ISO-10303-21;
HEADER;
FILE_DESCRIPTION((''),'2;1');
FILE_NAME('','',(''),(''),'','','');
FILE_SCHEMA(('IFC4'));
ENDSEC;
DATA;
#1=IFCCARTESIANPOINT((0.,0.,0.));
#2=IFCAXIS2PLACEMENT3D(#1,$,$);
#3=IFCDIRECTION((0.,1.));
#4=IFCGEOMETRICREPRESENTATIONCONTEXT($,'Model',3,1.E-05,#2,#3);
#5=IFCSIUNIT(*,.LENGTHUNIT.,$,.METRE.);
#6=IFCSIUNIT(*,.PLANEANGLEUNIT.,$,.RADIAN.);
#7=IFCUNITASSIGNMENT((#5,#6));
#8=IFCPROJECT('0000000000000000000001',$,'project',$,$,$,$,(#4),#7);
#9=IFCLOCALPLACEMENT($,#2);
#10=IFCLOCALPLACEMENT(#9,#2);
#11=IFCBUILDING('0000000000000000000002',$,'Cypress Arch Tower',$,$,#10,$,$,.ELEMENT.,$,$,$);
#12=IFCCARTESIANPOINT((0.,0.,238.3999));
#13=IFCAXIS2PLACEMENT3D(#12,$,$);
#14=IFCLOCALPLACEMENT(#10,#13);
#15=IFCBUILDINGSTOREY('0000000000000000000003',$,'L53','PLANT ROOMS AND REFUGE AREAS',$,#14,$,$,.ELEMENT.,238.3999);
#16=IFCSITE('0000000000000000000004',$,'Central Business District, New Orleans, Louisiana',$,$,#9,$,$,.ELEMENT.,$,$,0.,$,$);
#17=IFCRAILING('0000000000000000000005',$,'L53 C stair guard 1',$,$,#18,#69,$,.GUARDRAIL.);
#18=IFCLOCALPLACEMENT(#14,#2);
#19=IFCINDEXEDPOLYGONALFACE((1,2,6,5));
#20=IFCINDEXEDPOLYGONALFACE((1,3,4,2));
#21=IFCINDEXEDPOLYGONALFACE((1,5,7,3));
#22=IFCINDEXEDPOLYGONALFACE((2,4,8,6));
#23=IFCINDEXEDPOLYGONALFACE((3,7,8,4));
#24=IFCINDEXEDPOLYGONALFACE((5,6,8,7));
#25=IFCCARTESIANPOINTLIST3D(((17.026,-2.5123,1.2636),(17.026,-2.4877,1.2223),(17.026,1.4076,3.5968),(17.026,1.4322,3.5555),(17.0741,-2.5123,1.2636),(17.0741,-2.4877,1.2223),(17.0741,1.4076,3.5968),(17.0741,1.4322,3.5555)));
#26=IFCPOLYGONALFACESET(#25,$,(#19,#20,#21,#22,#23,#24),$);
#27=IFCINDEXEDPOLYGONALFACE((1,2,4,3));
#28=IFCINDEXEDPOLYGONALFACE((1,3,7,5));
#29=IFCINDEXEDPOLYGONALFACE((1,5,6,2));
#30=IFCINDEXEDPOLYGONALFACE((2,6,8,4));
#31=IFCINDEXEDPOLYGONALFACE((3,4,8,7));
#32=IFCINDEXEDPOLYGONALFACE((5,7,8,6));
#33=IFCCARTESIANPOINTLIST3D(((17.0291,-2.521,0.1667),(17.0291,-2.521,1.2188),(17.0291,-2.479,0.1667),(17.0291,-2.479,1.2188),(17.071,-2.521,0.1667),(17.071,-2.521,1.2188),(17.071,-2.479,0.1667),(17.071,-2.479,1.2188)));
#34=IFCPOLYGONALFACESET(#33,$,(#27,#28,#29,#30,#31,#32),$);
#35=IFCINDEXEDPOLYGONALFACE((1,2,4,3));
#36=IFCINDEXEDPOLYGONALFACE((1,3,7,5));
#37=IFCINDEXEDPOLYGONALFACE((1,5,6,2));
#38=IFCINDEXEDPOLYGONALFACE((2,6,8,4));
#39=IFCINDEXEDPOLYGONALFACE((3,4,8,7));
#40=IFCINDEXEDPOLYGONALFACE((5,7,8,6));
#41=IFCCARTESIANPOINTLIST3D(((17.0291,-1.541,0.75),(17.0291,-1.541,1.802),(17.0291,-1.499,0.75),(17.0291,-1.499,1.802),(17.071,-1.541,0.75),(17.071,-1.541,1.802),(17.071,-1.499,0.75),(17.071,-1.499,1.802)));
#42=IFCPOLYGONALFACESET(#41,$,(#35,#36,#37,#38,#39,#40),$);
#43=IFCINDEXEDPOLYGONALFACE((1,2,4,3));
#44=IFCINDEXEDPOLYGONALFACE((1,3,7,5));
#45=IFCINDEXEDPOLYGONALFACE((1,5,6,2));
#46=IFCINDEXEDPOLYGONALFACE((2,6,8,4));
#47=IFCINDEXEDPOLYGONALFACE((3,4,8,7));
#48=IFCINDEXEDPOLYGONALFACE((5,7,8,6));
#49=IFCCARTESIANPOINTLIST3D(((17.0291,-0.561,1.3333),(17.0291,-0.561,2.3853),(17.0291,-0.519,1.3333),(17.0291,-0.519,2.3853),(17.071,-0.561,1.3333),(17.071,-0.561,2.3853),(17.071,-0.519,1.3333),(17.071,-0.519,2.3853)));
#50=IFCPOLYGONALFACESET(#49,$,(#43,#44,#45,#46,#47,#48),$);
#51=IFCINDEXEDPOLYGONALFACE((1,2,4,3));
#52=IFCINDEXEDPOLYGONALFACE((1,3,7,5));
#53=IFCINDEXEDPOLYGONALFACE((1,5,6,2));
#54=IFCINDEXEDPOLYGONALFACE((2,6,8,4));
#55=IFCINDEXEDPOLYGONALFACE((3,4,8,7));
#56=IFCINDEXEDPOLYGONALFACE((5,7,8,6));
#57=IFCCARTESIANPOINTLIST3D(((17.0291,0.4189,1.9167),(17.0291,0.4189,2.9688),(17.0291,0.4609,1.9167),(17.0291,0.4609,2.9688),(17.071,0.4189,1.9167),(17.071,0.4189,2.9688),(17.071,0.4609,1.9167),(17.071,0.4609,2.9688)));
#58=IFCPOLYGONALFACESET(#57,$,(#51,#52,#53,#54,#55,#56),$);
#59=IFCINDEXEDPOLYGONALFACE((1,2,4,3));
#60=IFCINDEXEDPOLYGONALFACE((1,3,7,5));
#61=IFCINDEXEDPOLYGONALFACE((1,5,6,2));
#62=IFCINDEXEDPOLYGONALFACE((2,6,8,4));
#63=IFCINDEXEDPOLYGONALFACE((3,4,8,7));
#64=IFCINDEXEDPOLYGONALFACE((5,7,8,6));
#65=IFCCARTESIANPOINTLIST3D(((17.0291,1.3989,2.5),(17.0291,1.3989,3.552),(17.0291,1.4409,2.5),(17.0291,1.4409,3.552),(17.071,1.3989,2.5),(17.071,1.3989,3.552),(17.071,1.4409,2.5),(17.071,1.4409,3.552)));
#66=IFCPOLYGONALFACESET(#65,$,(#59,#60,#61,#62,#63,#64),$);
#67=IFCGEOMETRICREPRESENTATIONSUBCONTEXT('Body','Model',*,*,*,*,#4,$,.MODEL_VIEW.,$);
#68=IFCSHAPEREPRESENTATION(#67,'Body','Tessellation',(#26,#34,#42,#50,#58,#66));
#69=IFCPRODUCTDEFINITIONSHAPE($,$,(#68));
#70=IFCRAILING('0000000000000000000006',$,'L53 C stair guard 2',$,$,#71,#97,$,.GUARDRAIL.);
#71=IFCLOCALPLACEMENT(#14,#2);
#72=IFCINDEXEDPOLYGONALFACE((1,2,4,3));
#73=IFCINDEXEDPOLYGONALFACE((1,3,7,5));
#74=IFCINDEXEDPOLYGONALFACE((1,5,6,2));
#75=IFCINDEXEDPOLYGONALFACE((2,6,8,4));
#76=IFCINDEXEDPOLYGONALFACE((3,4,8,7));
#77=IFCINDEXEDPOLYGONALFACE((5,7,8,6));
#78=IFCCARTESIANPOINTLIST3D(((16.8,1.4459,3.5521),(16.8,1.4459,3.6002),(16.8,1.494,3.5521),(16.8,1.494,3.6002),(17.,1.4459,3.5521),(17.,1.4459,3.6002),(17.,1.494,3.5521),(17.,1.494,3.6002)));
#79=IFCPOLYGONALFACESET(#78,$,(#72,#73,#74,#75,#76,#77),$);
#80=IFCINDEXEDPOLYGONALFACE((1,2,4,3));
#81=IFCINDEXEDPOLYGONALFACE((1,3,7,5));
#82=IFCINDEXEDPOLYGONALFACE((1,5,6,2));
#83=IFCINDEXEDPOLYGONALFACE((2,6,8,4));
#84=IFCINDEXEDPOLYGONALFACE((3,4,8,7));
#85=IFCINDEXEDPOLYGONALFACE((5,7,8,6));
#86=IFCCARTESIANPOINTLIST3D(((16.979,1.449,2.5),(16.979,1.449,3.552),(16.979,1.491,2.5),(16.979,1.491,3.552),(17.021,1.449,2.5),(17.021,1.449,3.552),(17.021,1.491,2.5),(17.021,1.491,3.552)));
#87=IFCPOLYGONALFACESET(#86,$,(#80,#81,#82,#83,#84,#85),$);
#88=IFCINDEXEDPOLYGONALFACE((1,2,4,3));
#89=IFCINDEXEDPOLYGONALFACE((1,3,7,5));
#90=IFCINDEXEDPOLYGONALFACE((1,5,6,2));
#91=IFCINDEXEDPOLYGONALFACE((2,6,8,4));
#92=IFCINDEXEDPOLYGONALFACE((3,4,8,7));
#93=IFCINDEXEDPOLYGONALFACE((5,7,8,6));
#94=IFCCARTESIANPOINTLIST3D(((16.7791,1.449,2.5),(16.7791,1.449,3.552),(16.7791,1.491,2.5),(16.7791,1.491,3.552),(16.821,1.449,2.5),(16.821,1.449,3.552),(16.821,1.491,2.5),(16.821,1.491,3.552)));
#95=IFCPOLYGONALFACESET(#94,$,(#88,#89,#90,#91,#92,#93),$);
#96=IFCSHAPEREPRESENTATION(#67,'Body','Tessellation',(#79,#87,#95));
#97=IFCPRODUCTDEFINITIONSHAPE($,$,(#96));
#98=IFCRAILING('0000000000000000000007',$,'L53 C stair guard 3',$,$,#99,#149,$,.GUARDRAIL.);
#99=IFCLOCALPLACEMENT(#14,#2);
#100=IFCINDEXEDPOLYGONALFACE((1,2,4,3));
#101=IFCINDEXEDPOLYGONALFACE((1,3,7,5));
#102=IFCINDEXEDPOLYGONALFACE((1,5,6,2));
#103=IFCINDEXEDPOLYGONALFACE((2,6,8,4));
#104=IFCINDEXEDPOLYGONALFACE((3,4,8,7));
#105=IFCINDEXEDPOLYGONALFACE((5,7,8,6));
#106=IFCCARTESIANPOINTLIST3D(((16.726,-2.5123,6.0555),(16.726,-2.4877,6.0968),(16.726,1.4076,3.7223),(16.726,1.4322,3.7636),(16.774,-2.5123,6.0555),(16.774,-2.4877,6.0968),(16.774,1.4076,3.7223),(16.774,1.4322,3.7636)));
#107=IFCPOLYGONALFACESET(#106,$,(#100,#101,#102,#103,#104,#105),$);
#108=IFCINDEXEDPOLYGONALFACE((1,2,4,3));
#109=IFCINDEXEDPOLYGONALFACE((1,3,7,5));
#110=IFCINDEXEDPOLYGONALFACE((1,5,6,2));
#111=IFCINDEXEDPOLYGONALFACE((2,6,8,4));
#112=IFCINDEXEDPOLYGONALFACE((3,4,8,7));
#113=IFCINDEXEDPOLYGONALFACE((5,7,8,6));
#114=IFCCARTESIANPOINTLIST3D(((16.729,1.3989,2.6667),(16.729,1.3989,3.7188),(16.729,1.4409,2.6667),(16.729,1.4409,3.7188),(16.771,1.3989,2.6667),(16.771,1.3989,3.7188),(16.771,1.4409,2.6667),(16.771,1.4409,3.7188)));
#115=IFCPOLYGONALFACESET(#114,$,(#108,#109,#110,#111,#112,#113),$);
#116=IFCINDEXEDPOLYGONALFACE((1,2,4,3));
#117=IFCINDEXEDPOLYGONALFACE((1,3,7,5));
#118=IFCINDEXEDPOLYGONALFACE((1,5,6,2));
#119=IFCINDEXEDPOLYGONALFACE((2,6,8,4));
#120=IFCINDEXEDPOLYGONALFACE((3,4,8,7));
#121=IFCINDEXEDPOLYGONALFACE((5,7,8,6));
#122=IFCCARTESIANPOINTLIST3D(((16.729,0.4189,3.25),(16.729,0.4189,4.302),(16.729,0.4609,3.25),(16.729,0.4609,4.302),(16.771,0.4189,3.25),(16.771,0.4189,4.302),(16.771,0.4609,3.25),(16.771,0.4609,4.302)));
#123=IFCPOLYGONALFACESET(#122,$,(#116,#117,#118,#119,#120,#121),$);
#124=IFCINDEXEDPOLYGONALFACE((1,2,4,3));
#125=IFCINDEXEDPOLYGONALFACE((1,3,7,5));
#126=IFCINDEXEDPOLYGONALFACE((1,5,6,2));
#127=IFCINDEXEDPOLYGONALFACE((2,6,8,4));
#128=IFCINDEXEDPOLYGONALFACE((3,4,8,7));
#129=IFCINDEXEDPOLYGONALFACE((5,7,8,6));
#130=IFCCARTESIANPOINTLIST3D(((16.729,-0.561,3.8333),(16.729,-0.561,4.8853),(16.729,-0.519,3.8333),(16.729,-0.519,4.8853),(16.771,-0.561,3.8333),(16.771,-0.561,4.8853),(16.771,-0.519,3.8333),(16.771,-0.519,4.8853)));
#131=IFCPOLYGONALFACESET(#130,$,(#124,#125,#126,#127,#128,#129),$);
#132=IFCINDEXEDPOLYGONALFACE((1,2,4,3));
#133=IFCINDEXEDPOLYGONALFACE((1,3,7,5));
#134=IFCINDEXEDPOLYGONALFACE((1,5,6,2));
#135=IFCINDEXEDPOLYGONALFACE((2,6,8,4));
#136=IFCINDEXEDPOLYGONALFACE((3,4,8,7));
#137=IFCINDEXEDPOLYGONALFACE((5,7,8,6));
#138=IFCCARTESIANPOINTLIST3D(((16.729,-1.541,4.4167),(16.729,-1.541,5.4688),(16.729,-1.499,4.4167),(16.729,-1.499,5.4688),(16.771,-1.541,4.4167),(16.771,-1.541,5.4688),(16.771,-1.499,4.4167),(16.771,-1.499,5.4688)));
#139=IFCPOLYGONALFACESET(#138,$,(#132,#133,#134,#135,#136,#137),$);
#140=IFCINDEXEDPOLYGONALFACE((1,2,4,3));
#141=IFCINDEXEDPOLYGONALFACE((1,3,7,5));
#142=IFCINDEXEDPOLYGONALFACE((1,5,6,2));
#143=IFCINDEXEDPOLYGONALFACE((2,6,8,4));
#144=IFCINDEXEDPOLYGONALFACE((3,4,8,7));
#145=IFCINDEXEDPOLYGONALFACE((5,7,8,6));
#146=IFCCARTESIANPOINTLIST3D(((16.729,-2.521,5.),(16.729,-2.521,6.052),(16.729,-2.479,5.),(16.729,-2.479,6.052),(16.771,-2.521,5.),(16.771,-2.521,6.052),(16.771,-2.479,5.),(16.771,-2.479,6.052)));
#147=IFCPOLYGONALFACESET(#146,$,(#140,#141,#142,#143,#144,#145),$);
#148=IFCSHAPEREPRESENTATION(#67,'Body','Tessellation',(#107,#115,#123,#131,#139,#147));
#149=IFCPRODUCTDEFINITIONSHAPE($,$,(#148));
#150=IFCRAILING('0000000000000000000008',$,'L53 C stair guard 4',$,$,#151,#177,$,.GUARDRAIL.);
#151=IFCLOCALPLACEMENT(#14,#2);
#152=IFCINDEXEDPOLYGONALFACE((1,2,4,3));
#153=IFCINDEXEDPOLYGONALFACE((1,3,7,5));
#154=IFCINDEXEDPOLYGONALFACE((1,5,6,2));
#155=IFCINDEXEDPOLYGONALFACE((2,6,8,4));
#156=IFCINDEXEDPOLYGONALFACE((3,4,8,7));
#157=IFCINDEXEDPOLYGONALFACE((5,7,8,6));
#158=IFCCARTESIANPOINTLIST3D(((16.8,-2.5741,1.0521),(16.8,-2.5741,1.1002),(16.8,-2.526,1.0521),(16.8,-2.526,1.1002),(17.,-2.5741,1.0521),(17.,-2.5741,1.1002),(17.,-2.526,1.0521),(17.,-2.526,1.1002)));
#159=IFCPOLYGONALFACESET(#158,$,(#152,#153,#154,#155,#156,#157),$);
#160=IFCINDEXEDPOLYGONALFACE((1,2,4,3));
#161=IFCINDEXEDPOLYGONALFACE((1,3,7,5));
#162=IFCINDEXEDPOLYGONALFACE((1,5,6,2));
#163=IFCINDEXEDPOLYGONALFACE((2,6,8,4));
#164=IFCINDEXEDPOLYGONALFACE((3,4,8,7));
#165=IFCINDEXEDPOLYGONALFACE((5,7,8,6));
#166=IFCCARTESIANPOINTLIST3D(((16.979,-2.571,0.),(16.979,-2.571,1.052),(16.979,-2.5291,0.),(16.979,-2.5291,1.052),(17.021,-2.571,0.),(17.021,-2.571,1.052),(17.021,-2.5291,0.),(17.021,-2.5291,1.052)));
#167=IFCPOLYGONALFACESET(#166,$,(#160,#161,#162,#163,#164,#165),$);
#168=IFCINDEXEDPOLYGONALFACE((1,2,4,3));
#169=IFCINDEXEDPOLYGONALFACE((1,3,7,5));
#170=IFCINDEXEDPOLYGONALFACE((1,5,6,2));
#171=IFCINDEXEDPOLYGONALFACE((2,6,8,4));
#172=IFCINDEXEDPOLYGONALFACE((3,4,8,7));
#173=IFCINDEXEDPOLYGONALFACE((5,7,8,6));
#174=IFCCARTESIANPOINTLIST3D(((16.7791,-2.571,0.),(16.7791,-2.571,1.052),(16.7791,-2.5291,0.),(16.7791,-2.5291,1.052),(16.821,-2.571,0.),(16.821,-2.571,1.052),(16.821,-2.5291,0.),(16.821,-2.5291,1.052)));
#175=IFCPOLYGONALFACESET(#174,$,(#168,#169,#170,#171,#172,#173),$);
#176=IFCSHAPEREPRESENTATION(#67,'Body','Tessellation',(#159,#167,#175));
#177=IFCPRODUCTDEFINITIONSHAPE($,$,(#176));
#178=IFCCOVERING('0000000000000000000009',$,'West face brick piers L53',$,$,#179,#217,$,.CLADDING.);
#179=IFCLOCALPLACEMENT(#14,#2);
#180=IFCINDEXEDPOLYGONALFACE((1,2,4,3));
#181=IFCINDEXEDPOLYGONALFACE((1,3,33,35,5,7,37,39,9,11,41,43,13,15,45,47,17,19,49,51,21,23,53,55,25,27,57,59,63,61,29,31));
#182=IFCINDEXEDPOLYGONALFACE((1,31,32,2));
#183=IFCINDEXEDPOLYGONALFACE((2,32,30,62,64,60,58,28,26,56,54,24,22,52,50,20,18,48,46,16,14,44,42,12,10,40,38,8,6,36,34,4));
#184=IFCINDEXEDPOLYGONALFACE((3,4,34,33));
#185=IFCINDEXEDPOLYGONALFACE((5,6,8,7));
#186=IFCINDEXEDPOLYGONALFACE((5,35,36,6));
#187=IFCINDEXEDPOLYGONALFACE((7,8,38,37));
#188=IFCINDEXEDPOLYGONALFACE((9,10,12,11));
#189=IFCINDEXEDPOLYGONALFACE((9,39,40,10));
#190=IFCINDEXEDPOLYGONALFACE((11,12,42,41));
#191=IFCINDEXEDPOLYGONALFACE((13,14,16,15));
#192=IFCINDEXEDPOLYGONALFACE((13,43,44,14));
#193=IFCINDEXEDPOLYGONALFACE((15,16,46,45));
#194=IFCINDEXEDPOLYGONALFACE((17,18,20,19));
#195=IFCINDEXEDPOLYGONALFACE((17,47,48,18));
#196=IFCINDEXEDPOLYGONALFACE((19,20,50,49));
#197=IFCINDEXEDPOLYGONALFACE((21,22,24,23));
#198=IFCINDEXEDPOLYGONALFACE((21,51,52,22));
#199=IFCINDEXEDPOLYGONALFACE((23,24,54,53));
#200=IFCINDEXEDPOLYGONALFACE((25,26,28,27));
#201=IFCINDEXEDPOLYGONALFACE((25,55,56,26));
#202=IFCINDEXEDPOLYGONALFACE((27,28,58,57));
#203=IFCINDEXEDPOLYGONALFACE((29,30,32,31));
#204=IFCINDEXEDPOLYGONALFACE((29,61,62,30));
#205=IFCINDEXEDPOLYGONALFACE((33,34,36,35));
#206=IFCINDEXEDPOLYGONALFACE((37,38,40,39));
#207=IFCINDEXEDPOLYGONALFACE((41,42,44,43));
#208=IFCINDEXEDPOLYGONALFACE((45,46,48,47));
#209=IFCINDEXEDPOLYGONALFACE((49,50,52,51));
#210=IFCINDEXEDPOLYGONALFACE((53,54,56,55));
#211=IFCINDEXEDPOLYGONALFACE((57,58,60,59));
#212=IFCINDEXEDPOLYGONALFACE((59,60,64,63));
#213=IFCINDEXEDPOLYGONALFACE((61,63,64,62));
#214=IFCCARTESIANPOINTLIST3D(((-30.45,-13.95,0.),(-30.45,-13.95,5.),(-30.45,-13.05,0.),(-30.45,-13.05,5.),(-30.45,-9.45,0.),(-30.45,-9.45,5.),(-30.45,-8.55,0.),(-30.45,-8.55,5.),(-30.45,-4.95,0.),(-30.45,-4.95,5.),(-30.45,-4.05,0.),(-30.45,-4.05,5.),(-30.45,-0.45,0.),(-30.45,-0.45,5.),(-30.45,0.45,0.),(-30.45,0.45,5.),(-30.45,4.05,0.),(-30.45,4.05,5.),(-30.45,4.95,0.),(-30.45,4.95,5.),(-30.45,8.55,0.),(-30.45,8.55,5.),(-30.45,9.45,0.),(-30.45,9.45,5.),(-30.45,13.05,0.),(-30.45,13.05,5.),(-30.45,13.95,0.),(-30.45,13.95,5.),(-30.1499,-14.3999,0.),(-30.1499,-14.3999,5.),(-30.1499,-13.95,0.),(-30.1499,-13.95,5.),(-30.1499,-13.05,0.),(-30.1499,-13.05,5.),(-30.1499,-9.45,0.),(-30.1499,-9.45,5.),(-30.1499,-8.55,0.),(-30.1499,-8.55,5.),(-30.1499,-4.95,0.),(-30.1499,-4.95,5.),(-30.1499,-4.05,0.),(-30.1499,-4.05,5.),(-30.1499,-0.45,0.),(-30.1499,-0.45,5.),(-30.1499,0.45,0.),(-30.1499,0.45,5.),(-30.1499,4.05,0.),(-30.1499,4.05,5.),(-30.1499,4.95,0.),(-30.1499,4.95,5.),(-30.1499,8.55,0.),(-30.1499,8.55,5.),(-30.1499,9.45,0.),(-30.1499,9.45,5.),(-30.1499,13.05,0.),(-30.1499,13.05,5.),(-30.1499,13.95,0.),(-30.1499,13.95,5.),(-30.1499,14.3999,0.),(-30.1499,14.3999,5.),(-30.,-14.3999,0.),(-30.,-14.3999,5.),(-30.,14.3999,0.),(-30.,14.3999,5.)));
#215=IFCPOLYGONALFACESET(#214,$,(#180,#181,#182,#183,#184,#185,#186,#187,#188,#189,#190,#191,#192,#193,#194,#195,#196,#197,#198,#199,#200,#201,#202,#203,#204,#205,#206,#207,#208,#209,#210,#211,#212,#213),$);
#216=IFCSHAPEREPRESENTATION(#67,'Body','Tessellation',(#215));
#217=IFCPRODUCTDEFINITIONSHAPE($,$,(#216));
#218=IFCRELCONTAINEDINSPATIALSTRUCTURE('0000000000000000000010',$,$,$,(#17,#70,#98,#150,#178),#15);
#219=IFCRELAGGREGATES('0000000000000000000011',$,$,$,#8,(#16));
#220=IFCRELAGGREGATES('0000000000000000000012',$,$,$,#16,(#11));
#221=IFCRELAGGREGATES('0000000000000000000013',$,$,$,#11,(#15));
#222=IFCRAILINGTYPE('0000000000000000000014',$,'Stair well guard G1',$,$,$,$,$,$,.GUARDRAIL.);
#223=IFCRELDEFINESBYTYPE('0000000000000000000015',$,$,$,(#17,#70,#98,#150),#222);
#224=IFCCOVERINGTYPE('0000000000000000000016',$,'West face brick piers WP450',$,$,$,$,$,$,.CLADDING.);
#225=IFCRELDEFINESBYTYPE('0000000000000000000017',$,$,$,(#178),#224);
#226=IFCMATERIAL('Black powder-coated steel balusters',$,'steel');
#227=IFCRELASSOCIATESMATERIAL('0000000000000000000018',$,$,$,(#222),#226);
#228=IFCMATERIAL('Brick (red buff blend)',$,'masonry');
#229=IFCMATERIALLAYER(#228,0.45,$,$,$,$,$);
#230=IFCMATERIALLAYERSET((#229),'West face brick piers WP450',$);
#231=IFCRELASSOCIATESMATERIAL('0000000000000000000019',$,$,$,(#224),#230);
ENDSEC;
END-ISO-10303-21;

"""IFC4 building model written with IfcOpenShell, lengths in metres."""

from ifc_helpers import new_model, si_unit, direction, frame, origin, origin_2d, place, context, subcontext, project, spatial, polyline, rectangle, outline, extrude, material, layer, layer_set, type_object, element, save


model = new_model("IFC4")

# Units and contexts
model_context = context("Model", 3, precision=1e-05, world=origin(), true_north=direction((0.0, 1.0)))
body_context = subcontext(model_context, "Body", "Model", "MODEL_VIEW")
ifc_project = project(units=[si_unit("LENGTHUNIT", "METRE"), si_unit("PLANEANGLEUNIT", "RADIAN")], contexts=[model_context])

# Site, building, storey
site_placement = place(None, origin())
site = spatial("IfcSite", under=ifc_project, at=site_placement, Name="Central Business District, New Orleans, Louisiana", CompositionType="ELEMENT", RefElevation=0.0)
building_placement = place(site_placement, origin())
building = spatial("IfcBuilding", under=site, at=building_placement, Name="Cypress Arch Tower", CompositionType="ELEMENT")
storey_placement = place(building_placement, frame((0.0, 0.0, 238.3999)))
storey = spatial("IfcBuildingStorey", under=building, at=storey_placement, Name="L53", Description="PLANT ROOMS AND REFUGE AREAS", CompositionType="ELEMENT", Elevation=238.3999)

# Railings
ifc_material_1 = material(Name="Black powder-coated steel balusters", Category="steel")
railing_type_1 = type_object("IfcRailingType", Name="Stair well guard G1", PredefinedType="GUARDRAIL", material=ifc_material_1)
railing_1_placement = place(storey_placement, frame((17.05, -2.5, 0.1667)))
element("IfcRailing", 1, at=railing_1_placement, inside=storey, type_object=railing_type_1, Name="L53 C stair guard 1", PredefinedType="GUARDRAIL", context=body_context, shape_type="SweptSolid", body=[
    extrude(rectangle(XDim=0.0481, YDim=0.0481, at=origin_2d()), frame((0.0, 0.0, 1.0762), z_axis=(0.0, 0.859296, 0.511478), x_axis=(-1.0, 0.0, 0.0)), (0.0, 0.0, 1.0), 4.5618),
    extrude(rectangle(XDim=0.042, YDim=0.042, at=origin_2d()), origin(), (0.0, 0.0, 1.0), 1.052),
    extrude(rectangle(XDim=0.042, YDim=0.042, at=origin_2d()), frame((0.0, 0.98, 0.5833)), (0.0, 0.0, 1.0), 1.052),
    extrude(rectangle(XDim=0.042, YDim=0.042, at=origin_2d()), frame((0.0, 1.96, 1.1665)), (0.0, 0.0, 1.0), 1.052),
    extrude(rectangle(XDim=0.042, YDim=0.042, at=origin_2d()), frame((0.0, 2.9399, 1.75)), (0.0, 0.0, 1.0), 1.052),
    extrude(rectangle(XDim=0.042, YDim=0.042, at=origin_2d()), frame((0.0, 3.9199, 2.3333)), (0.0, 0.0, 1.0), 1.052),
])
railing_2_placement = place(storey_placement, frame((17.0, 1.47, 2.5)))
element("IfcRailing", 2, at=railing_2_placement, inside=storey, type_object=railing_type_1, Name="L53 C stair guard 2", PredefinedType="GUARDRAIL", context=body_context, shape_type="SweptSolid", body=[
    extrude(rectangle(XDim=0.0481, YDim=0.0481, at=origin_2d()), frame((0.0, 0.0, 1.0762), z_axis=(-1.0, 0.0, 0.0), x_axis=(0.0, -1.0, 0.0)), (0.0, 0.0, 1.0), 0.2),
    extrude(rectangle(XDim=0.042, YDim=0.042, at=origin_2d()), origin(), (0.0, 0.0, 1.0), 1.052),
    extrude(rectangle(XDim=0.042, YDim=0.042, at=origin_2d()), frame((-0.2, 0.0, 0.0)), (0.0, 0.0, 1.0), 1.052),
])
railing_3_placement = place(storey_placement, frame((16.75, 1.4199, 2.6667)))
element("IfcRailing", 3, at=railing_3_placement, inside=storey, type_object=railing_type_1, Name="L53 C stair guard 3", PredefinedType="GUARDRAIL", context=body_context, shape_type="SweptSolid", body=[
    extrude(rectangle(XDim=0.0481, YDim=0.0481, at=origin_2d()), frame((0.0, 0.0, 1.0762), z_axis=(0.0, -0.859296, 0.511478), x_axis=(1.0, 0.0, 0.0)), (0.0, 0.0, 1.0), 4.5618),
    extrude(rectangle(XDim=0.042, YDim=0.042, at=origin_2d()), origin(), (0.0, 0.0, 1.0), 1.052),
    extrude(rectangle(XDim=0.042, YDim=0.042, at=origin_2d()), frame((0.0, -0.98, 0.5833)), (0.0, 0.0, 1.0), 1.052),
    extrude(rectangle(XDim=0.042, YDim=0.042, at=origin_2d()), frame((0.0, -1.96, 1.1665)), (0.0, 0.0, 1.0), 1.052),
    extrude(rectangle(XDim=0.042, YDim=0.042, at=origin_2d()), frame((0.0, -2.9399, 1.75)), (0.0, 0.0, 1.0), 1.052),
    extrude(rectangle(XDim=0.042, YDim=0.042, at=origin_2d()), frame((0.0, -3.9199, 2.3333)), (0.0, 0.0, 1.0), 1.052),
])
railing_4_placement = place(storey_placement, frame((17.0, -2.55, 0.0)))
element("IfcRailing", 4, at=railing_4_placement, inside=storey, type_object=railing_type_1, Name="L53 C stair guard 4", PredefinedType="GUARDRAIL", context=body_context, shape_type="SweptSolid", body=[
    extrude(rectangle(XDim=0.0481, YDim=0.0481, at=origin_2d()), frame((0.0, 0.0, 1.0762), z_axis=(-1.0, 0.0, 0.0), x_axis=(0.0, -1.0, 0.0)), (0.0, 0.0, 1.0), 0.2),
    extrude(rectangle(XDim=0.042, YDim=0.042, at=origin_2d()), origin(), (0.0, 0.0, 1.0), 1.052),
    extrude(rectangle(XDim=0.042, YDim=0.042, at=origin_2d()), frame((-0.2, 0.0, 0.0)), (0.0, 0.0, 1.0), 1.052),
])

# Covering
ifc_material_2 = material(Name="Brick (red buff blend)", Category="masonry")
ifc_layer_1 = layer(ifc_material_2, 0.45)
ifc_layer_set_1 = layer_set([ifc_layer_1], Name="West face brick piers WP450")
covering_type = type_object("IfcCoveringType", Name="West face brick piers WP450", PredefinedType="CLADDING", material=ifc_layer_set_1)
covering_placement = place(storey_placement, origin())
element("IfcCovering", 5, at=covering_placement, inside=storey, type_object=covering_type, Name="West face brick piers L53", PredefinedType="CLADDING", context=body_context, shape_type="SweptSolid", body=[
    extrude(outline(polyline([(-30.1499, -13.05), (-30.1499, -9.45), (-30.45, -9.45), (-30.45, -8.55), (-30.1499, -8.55), (-30.1499, -4.95), (-30.45, -4.95), (-30.45, -4.05), (-30.1499, -4.05), (-30.1499, -0.45), (-30.45, -0.45), (-30.45, 0.45), (-30.1499, 0.45), (-30.1499, 4.05), (-30.45, 4.05), (-30.45, 4.95), (-30.1499, 4.95), (-30.1499, 8.55), (-30.45, 8.55), (-30.45, 9.45), (-30.1499, 9.45), (-30.1499, 13.05), (-30.45, 13.05), (-30.45, 13.95), (-30.1499, 13.95), (-30.1499, 14.3999), (-30.0, 14.3999), (-30.0, -14.3999), (-30.1499, -14.3999), (-30.1499, -13.95), (-30.45, -13.95), (-30.45, -13.05), (-30.1499, -13.05)])), origin(), (0.0, 0.0, 1.0), 5.0),
])

save(model, "model.ifc")
